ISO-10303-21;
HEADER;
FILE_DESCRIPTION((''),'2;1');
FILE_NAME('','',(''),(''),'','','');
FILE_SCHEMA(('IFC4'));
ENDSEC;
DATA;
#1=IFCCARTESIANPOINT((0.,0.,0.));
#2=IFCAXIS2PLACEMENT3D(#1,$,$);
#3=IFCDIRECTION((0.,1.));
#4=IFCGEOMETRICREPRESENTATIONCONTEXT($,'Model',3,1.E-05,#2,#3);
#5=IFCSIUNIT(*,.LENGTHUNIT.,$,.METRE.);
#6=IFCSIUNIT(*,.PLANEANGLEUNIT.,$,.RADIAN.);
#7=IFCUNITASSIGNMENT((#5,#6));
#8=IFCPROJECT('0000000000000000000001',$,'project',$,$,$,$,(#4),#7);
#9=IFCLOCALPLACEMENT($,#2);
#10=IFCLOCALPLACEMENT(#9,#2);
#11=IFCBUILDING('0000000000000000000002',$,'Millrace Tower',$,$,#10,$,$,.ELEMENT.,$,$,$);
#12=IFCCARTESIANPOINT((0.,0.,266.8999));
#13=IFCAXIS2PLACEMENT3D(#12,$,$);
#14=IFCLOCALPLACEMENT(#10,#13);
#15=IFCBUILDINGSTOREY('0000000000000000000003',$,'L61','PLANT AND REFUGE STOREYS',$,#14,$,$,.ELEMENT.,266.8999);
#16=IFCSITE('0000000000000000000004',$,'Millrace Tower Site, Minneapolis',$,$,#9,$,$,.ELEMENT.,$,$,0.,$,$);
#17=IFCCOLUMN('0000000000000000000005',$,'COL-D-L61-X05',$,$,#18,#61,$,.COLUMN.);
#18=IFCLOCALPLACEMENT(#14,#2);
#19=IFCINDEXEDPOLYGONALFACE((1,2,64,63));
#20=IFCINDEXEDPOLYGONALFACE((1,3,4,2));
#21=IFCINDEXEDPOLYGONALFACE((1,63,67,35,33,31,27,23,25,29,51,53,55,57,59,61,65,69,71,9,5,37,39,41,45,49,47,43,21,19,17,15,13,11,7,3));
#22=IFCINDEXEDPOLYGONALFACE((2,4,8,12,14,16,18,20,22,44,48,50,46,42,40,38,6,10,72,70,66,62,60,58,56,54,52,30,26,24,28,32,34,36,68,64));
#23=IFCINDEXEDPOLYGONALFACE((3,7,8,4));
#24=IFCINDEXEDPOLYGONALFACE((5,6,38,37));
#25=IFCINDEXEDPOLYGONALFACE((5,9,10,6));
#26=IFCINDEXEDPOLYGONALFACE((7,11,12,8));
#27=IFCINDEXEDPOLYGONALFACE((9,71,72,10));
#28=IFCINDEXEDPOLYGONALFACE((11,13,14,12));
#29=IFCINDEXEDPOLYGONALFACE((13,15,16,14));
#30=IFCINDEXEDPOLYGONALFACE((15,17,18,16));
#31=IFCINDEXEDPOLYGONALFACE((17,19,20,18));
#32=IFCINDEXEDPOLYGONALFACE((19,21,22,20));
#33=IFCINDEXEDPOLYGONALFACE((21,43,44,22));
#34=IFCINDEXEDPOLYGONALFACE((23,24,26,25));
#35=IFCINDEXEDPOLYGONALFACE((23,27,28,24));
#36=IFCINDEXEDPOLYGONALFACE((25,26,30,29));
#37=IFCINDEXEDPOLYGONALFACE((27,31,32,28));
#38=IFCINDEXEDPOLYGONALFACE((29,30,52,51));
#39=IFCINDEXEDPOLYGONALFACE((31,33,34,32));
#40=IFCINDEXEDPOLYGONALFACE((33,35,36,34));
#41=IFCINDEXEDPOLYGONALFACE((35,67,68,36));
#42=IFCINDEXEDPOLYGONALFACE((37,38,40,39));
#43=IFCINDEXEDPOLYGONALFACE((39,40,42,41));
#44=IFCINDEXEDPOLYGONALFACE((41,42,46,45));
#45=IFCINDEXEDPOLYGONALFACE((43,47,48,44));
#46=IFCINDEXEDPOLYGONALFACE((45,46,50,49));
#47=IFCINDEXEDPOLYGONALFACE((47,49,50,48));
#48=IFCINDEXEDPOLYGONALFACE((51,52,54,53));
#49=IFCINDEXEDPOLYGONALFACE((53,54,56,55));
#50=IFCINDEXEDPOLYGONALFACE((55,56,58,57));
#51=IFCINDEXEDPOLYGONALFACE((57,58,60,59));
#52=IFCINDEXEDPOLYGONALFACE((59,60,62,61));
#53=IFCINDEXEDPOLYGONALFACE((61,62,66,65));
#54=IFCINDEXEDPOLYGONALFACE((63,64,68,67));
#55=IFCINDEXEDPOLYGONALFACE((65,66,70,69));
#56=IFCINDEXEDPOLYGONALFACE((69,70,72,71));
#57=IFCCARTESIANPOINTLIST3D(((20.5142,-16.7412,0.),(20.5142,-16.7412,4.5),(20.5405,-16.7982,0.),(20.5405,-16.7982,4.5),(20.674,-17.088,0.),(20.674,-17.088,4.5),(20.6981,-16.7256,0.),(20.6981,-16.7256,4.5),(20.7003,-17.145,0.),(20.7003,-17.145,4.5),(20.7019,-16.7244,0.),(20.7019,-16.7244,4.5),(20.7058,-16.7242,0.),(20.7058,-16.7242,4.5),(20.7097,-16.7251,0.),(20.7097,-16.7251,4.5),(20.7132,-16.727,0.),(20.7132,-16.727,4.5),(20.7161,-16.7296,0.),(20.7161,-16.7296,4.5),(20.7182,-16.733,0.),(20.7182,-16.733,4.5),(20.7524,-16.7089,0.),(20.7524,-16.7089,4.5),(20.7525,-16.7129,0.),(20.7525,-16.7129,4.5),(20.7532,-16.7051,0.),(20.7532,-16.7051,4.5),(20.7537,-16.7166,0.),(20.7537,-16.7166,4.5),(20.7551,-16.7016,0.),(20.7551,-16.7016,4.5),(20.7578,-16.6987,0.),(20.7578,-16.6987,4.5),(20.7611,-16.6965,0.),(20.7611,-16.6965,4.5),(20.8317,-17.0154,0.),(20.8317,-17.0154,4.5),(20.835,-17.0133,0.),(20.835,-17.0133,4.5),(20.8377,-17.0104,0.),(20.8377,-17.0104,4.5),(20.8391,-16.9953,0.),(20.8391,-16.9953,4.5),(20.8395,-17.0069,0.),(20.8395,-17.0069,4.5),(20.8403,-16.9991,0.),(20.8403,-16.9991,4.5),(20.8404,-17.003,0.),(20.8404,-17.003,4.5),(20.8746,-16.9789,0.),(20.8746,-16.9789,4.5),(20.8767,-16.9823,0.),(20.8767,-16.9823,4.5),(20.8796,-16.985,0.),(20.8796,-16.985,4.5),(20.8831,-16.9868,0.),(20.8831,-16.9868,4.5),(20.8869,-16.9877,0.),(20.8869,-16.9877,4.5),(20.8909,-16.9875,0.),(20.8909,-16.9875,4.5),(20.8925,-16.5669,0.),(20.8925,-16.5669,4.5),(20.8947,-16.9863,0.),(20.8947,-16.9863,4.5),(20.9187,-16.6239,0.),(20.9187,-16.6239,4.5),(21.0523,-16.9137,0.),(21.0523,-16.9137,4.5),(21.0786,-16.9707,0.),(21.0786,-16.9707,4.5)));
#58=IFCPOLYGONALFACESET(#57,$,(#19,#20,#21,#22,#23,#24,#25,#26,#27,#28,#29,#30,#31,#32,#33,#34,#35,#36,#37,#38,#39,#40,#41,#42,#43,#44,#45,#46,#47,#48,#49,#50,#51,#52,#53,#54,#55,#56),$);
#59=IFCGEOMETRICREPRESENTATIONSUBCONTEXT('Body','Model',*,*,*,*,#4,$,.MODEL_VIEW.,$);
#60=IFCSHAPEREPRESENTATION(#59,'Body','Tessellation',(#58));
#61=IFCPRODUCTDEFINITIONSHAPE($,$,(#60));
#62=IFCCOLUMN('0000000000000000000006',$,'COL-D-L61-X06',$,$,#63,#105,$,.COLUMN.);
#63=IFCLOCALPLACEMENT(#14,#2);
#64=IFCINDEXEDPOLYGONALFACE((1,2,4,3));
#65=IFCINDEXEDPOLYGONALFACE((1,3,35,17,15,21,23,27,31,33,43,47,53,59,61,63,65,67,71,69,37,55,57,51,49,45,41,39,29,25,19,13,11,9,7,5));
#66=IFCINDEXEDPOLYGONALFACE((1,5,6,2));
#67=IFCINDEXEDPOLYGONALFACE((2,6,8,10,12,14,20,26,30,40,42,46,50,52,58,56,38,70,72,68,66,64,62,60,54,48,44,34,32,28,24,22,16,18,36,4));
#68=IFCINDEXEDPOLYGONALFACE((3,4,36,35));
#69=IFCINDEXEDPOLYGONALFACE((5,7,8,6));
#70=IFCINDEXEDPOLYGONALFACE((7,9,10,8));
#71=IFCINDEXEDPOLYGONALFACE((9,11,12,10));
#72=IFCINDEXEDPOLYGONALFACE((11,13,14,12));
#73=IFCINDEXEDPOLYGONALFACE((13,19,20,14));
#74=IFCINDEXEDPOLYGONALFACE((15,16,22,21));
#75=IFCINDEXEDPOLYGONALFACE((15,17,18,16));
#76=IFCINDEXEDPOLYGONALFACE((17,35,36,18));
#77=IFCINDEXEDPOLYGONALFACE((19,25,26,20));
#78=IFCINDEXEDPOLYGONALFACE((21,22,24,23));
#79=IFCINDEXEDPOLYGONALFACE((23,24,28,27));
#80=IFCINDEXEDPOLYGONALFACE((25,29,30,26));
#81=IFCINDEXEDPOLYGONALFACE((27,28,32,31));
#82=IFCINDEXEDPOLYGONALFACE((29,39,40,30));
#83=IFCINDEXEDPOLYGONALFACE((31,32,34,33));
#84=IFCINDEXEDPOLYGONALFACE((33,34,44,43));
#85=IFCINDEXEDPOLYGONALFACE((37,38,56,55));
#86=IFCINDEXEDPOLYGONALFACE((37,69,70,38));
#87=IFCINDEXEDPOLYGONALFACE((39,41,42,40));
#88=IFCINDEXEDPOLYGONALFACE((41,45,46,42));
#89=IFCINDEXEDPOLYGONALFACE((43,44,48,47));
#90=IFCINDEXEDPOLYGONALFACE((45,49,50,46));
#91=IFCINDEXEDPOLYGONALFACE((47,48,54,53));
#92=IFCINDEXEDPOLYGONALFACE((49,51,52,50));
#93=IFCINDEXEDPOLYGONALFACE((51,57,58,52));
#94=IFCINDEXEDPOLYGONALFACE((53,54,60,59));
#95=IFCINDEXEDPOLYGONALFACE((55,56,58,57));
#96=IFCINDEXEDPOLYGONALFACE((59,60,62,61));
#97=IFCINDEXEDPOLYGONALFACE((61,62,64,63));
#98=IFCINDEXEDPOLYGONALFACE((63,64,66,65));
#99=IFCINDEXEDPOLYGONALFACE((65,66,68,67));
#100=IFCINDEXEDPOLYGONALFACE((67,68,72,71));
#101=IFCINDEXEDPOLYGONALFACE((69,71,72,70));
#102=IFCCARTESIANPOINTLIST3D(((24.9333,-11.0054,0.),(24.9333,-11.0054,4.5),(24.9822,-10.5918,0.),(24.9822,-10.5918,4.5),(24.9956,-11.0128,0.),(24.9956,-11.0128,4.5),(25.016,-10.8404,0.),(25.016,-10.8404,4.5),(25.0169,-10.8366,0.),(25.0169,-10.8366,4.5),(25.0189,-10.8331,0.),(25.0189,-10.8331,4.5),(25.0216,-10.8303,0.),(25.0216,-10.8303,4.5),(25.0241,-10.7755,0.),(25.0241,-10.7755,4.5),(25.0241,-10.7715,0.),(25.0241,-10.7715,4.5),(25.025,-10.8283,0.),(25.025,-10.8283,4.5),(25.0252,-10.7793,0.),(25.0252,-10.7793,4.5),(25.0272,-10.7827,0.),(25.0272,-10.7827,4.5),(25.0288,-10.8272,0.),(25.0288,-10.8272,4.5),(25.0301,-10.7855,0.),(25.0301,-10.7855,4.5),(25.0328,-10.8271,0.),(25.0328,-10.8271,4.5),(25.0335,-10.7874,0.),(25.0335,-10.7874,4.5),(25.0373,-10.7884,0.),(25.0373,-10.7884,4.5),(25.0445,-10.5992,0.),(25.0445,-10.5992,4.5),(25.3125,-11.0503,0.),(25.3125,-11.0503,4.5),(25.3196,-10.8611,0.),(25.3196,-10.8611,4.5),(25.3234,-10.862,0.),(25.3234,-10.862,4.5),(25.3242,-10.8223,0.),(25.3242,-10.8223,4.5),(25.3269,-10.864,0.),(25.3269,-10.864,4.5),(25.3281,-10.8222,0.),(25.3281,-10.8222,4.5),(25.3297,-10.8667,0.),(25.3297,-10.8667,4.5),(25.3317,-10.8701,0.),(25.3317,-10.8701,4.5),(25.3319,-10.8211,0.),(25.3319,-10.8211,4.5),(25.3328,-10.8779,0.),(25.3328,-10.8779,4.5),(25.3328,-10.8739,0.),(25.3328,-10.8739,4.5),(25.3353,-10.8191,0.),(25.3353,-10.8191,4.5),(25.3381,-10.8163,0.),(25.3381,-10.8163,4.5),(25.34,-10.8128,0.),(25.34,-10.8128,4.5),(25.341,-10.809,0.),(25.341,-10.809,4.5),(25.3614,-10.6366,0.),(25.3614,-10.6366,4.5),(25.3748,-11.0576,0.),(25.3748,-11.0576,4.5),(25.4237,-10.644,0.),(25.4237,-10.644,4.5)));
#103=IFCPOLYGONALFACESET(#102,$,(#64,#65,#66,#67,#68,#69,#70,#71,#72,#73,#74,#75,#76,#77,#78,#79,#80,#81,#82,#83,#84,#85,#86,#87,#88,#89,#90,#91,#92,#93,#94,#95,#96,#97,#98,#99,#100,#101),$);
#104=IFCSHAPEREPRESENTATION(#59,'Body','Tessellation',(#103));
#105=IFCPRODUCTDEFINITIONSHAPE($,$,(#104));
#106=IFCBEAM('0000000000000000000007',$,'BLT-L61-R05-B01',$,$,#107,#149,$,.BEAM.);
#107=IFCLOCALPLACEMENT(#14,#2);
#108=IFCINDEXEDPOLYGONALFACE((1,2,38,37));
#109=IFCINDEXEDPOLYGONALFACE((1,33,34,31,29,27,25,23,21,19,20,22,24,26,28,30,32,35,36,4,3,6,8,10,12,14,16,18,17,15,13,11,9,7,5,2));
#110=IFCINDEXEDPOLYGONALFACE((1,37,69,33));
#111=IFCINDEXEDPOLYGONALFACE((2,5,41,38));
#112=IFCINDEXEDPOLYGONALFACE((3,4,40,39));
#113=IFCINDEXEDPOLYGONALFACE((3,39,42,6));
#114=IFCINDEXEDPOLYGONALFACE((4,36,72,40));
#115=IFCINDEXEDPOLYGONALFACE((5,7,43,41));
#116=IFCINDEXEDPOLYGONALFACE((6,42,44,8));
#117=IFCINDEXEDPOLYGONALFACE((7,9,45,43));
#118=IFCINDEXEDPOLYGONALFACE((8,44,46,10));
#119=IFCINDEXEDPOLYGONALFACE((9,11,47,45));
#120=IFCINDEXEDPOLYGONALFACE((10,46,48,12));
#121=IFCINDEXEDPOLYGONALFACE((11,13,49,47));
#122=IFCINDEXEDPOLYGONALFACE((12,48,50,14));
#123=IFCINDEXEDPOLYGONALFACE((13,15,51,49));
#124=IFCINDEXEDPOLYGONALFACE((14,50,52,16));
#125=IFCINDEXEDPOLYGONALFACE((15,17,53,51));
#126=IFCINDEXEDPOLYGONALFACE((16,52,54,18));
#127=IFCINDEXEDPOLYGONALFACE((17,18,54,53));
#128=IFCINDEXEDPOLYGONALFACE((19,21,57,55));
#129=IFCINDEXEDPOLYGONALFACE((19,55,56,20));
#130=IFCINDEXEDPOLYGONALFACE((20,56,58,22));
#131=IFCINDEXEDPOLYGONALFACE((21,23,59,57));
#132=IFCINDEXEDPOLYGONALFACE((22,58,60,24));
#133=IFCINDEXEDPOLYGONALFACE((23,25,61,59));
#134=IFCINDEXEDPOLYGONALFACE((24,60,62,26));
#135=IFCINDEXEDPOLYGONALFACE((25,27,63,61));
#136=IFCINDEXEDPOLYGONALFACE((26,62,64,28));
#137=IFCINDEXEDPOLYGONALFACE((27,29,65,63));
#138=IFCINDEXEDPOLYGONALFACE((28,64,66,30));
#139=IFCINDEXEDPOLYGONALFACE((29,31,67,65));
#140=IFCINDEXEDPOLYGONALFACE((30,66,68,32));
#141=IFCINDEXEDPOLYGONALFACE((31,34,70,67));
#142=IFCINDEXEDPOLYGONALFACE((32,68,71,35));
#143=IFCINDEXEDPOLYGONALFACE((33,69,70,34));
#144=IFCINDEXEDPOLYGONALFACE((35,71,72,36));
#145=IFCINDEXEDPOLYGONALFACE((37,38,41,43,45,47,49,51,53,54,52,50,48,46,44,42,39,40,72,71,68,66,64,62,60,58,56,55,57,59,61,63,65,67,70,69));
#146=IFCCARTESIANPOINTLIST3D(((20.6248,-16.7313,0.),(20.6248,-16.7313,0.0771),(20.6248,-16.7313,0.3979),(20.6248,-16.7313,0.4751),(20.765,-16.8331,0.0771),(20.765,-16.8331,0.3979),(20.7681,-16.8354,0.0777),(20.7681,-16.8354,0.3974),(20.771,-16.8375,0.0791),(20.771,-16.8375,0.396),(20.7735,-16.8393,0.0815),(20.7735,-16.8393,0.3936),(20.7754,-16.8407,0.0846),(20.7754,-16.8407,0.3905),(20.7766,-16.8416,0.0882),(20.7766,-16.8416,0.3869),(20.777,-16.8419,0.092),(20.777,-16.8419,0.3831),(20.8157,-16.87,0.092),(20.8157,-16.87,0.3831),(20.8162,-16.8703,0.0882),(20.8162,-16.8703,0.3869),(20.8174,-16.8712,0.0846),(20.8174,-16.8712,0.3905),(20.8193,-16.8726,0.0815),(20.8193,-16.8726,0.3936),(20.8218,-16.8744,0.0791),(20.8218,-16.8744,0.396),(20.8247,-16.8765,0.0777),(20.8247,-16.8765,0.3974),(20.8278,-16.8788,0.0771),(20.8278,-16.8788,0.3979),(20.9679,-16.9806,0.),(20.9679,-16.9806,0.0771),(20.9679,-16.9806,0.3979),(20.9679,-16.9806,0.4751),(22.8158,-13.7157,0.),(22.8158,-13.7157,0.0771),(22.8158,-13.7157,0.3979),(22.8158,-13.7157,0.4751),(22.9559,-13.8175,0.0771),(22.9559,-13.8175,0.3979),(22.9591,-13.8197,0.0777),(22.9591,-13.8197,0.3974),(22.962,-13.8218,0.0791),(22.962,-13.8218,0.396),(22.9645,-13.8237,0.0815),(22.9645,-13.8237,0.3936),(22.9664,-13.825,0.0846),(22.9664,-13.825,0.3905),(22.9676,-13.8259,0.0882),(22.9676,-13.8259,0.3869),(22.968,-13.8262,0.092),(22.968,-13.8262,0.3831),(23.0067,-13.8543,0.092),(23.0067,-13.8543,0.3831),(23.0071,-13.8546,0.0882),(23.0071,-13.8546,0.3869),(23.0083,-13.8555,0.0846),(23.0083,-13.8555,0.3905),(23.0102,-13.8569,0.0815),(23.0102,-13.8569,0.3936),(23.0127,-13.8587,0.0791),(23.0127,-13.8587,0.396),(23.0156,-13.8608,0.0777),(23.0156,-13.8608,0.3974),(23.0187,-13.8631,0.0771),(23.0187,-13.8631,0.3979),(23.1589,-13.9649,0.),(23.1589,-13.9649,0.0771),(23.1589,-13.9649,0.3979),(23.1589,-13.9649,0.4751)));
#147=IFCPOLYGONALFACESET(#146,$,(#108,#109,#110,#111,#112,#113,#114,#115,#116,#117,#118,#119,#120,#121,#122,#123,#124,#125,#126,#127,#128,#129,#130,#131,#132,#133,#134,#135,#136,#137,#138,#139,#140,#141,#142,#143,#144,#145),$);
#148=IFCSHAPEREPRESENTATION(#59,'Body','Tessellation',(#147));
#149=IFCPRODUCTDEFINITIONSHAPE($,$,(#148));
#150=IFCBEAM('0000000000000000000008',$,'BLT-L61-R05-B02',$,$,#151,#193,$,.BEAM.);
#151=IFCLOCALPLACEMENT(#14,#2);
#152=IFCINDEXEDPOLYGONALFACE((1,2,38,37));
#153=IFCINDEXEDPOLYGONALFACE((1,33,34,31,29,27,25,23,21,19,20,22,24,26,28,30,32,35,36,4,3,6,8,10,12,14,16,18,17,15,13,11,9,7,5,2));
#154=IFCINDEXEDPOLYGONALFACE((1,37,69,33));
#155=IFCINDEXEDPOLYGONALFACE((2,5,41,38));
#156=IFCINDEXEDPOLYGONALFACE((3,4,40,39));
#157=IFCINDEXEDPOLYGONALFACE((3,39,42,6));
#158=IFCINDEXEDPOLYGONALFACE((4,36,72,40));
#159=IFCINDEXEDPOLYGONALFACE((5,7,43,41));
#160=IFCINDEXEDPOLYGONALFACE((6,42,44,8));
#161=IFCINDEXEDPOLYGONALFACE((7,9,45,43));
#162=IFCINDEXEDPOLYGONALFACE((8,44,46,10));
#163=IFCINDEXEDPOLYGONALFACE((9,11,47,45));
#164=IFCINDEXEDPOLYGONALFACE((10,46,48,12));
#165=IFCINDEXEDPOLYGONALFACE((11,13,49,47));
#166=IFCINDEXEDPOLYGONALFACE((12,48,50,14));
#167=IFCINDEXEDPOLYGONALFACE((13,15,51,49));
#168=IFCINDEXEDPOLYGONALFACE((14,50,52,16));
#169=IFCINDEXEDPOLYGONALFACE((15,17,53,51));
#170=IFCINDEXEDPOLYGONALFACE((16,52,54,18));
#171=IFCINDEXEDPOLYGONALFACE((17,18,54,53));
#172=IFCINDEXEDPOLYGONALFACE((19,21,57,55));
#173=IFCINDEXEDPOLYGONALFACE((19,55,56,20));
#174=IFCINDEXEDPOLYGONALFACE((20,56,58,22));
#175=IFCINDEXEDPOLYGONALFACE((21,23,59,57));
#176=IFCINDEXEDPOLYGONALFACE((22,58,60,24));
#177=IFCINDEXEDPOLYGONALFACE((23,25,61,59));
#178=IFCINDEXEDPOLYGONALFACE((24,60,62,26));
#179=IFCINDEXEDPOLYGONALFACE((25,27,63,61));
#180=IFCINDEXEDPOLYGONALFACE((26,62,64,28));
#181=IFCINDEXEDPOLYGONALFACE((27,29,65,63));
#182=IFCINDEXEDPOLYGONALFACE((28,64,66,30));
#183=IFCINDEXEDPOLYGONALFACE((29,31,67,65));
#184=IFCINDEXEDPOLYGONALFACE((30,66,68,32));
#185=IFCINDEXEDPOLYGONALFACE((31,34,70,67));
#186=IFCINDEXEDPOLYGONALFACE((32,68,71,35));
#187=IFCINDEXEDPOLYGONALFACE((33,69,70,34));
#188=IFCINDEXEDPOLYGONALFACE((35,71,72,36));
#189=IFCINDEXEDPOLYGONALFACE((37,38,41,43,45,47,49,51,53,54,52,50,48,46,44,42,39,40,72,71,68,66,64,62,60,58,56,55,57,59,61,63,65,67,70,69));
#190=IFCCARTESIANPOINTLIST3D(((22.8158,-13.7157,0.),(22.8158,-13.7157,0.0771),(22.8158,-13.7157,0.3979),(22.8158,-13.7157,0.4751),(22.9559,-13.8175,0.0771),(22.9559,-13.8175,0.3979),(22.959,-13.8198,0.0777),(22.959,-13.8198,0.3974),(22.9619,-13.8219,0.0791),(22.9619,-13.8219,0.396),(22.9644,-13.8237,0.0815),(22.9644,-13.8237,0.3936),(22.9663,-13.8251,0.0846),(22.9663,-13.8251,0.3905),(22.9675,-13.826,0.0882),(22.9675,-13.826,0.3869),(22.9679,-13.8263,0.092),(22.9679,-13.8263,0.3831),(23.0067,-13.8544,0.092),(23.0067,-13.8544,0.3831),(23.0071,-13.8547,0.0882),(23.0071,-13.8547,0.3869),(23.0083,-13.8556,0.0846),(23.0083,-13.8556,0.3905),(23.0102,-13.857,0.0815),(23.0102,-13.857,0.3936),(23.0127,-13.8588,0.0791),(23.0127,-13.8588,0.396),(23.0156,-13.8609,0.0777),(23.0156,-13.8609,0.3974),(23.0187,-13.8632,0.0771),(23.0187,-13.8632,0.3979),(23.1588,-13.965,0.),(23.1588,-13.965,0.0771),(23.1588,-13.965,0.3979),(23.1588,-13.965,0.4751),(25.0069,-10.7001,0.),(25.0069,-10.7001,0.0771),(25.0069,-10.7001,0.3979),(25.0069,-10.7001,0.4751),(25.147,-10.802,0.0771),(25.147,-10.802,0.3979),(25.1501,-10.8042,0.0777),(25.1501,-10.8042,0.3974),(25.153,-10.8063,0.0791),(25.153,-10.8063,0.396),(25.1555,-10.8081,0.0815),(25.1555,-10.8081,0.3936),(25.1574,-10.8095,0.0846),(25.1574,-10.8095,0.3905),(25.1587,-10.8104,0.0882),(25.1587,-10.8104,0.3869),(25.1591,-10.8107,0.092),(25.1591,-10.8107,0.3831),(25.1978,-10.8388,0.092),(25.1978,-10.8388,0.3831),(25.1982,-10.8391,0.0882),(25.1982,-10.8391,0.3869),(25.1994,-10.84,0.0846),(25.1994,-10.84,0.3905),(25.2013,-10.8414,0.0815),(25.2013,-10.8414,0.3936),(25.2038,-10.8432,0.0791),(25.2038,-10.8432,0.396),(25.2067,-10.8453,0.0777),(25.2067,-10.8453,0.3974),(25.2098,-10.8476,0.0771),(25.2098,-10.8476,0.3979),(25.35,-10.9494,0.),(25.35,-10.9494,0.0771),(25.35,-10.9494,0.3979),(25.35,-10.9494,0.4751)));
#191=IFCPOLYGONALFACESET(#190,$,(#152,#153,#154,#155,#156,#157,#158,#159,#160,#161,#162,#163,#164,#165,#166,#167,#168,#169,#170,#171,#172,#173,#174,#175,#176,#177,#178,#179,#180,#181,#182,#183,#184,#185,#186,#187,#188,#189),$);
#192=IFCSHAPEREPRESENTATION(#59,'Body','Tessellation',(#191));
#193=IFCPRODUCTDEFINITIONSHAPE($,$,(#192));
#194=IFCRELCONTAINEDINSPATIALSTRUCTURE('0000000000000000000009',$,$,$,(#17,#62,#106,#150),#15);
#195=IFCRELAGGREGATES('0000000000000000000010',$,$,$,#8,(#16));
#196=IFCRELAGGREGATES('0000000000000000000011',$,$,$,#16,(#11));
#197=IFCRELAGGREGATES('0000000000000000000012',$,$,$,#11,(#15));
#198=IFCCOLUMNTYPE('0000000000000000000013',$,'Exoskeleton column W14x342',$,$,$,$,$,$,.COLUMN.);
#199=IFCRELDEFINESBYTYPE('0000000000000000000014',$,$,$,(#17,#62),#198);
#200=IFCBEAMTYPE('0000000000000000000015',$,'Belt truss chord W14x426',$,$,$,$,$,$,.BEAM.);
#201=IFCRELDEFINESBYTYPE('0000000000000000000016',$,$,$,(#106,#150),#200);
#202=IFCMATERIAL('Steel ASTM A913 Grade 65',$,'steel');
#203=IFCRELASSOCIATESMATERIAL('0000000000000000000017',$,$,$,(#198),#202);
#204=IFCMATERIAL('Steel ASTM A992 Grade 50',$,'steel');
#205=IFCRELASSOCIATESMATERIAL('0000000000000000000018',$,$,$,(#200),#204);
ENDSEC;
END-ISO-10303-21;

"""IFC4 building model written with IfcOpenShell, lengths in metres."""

from ifc_helpers import new_model, si_unit, direction, frame, origin, origin_2d, place, context, subcontext, project, spatial, i_section, extrude, material, material_profile, profile_set, type_object, element, save


model = new_model("IFC4")

# Units and contexts
model_context = context("Model", 3, precision=1e-05, world=origin(), true_north=direction((0.0, 1.0)))
body_context = subcontext(model_context, "Body", "Model", "MODEL_VIEW")
ifc_project = project(units=[si_unit("LENGTHUNIT", "METRE"), si_unit("PLANEANGLEUNIT", "RADIAN")], contexts=[model_context])

# Site, building, storey
site_placement = place(None, origin())
site = spatial("IfcSite", under=ifc_project, at=site_placement, Name="Millrace Tower Site, Minneapolis", CompositionType="ELEMENT", RefElevation=0.0)
building_placement = place(site_placement, origin())
building = spatial("IfcBuilding", under=site, at=building_placement, Name="Millrace Tower", CompositionType="ELEMENT")
storey_placement = place(building_placement, frame((0.0, 0.0, 266.8999)))
storey = spatial("IfcBuildingStorey", under=building, at=storey_placement, Name="L61", Description="PLANT AND REFUGE STOREYS", CompositionType="ELEMENT", Elevation=266.8999)

# Columns
ifc_material_1 = material(Name="Steel ASTM A913 Grade 65", Category="steel")
ifc_material_profile_1 = material_profile(ifc_material_1, i_section(OverallWidth=0.4165, OverallDepth=0.4446, WebThickness=0.0391, FlangeThickness=0.0627, FilletRadius=0.0151, at=origin_2d()))
ifc_profile_set_1 = profile_set([ifc_material_profile_1], Name="Steel ASTM A913 Grade 65")
column_type = type_object("IfcColumnType", Name="Exoskeleton column W14x342", PredefinedType="COLUMN", material=ifc_profile_set_1)
for number, where, z_axis, x_axis, name in (
    (1, (20.7964, -16.856, 0.0), (0.0, 0.0, 1.0), (0.908192, 0.418553, 0.0), "COL-D-L61-X05"),
    (2, (25.1785, -10.8247, 0.0), (0.0, 0.0, 1.0), (0.117421, 0.993082, 0.0), "COL-D-L61-X06"),
):
    element("IfcColumn", number, at=place(storey_placement, frame(where, z_axis=z_axis, x_axis=x_axis)), inside=storey, type_object=column_type, Name=name, PredefinedType="COLUMN", context=body_context, shape_type="SweptSolid", body=[
        extrude(i_section(OverallWidth=0.4165, OverallDepth=0.4446, WebThickness=0.0391, FlangeThickness=0.0627, FilletRadius=0.0151, at=origin_2d()), origin(), (0.0, 0.0, 1.0), 4.5),
    ])

# Beams
ifc_material_2 = material(Name="Steel ASTM A992 Grade 50", Category="steel")
ifc_material_profile_2 = material_profile(ifc_material_2, i_section(OverallWidth=0.4241, OverallDepth=0.4751, WebThickness=0.0479, FlangeThickness=0.0771, FilletRadius=0.0149, at=origin_2d()))
ifc_profile_set_2 = profile_set([ifc_material_profile_2], Name="Steel ASTM A992 Grade 50")
beam_type_1 = type_object("IfcBeamType", Name="Belt truss chord W14x426", PredefinedType="BEAM", material=ifc_profile_set_2)
for number, where, z_axis, x_axis, name in (
    (3, (20.7964, -16.856, 0.2375), (0.587774, 0.809025, 0.0), (-0.809025, 0.587774, 0.0), "BLT-L61-R05-B01"),
    (4, (22.9873, -13.8403, 0.2375), (0.587817, 0.808994, 0.0), (-0.808994, 0.587817, 0.0), "BLT-L61-R05-B02"),
):
    element("IfcBeam", number, at=place(storey_placement, frame(where, z_axis=z_axis, x_axis=x_axis)), inside=storey, type_object=beam_type_1, Name=name, PredefinedType="BEAM", context=body_context, shape_type="SweptSolid", body=[
        extrude(i_section(OverallWidth=0.4241, OverallDepth=0.4751, WebThickness=0.0479, FlangeThickness=0.0771, FilletRadius=0.0149, at=origin_2d()), origin(), (0.0, 0.0, 1.0), 3.7275),
    ])

save(model, "model.ifc")
